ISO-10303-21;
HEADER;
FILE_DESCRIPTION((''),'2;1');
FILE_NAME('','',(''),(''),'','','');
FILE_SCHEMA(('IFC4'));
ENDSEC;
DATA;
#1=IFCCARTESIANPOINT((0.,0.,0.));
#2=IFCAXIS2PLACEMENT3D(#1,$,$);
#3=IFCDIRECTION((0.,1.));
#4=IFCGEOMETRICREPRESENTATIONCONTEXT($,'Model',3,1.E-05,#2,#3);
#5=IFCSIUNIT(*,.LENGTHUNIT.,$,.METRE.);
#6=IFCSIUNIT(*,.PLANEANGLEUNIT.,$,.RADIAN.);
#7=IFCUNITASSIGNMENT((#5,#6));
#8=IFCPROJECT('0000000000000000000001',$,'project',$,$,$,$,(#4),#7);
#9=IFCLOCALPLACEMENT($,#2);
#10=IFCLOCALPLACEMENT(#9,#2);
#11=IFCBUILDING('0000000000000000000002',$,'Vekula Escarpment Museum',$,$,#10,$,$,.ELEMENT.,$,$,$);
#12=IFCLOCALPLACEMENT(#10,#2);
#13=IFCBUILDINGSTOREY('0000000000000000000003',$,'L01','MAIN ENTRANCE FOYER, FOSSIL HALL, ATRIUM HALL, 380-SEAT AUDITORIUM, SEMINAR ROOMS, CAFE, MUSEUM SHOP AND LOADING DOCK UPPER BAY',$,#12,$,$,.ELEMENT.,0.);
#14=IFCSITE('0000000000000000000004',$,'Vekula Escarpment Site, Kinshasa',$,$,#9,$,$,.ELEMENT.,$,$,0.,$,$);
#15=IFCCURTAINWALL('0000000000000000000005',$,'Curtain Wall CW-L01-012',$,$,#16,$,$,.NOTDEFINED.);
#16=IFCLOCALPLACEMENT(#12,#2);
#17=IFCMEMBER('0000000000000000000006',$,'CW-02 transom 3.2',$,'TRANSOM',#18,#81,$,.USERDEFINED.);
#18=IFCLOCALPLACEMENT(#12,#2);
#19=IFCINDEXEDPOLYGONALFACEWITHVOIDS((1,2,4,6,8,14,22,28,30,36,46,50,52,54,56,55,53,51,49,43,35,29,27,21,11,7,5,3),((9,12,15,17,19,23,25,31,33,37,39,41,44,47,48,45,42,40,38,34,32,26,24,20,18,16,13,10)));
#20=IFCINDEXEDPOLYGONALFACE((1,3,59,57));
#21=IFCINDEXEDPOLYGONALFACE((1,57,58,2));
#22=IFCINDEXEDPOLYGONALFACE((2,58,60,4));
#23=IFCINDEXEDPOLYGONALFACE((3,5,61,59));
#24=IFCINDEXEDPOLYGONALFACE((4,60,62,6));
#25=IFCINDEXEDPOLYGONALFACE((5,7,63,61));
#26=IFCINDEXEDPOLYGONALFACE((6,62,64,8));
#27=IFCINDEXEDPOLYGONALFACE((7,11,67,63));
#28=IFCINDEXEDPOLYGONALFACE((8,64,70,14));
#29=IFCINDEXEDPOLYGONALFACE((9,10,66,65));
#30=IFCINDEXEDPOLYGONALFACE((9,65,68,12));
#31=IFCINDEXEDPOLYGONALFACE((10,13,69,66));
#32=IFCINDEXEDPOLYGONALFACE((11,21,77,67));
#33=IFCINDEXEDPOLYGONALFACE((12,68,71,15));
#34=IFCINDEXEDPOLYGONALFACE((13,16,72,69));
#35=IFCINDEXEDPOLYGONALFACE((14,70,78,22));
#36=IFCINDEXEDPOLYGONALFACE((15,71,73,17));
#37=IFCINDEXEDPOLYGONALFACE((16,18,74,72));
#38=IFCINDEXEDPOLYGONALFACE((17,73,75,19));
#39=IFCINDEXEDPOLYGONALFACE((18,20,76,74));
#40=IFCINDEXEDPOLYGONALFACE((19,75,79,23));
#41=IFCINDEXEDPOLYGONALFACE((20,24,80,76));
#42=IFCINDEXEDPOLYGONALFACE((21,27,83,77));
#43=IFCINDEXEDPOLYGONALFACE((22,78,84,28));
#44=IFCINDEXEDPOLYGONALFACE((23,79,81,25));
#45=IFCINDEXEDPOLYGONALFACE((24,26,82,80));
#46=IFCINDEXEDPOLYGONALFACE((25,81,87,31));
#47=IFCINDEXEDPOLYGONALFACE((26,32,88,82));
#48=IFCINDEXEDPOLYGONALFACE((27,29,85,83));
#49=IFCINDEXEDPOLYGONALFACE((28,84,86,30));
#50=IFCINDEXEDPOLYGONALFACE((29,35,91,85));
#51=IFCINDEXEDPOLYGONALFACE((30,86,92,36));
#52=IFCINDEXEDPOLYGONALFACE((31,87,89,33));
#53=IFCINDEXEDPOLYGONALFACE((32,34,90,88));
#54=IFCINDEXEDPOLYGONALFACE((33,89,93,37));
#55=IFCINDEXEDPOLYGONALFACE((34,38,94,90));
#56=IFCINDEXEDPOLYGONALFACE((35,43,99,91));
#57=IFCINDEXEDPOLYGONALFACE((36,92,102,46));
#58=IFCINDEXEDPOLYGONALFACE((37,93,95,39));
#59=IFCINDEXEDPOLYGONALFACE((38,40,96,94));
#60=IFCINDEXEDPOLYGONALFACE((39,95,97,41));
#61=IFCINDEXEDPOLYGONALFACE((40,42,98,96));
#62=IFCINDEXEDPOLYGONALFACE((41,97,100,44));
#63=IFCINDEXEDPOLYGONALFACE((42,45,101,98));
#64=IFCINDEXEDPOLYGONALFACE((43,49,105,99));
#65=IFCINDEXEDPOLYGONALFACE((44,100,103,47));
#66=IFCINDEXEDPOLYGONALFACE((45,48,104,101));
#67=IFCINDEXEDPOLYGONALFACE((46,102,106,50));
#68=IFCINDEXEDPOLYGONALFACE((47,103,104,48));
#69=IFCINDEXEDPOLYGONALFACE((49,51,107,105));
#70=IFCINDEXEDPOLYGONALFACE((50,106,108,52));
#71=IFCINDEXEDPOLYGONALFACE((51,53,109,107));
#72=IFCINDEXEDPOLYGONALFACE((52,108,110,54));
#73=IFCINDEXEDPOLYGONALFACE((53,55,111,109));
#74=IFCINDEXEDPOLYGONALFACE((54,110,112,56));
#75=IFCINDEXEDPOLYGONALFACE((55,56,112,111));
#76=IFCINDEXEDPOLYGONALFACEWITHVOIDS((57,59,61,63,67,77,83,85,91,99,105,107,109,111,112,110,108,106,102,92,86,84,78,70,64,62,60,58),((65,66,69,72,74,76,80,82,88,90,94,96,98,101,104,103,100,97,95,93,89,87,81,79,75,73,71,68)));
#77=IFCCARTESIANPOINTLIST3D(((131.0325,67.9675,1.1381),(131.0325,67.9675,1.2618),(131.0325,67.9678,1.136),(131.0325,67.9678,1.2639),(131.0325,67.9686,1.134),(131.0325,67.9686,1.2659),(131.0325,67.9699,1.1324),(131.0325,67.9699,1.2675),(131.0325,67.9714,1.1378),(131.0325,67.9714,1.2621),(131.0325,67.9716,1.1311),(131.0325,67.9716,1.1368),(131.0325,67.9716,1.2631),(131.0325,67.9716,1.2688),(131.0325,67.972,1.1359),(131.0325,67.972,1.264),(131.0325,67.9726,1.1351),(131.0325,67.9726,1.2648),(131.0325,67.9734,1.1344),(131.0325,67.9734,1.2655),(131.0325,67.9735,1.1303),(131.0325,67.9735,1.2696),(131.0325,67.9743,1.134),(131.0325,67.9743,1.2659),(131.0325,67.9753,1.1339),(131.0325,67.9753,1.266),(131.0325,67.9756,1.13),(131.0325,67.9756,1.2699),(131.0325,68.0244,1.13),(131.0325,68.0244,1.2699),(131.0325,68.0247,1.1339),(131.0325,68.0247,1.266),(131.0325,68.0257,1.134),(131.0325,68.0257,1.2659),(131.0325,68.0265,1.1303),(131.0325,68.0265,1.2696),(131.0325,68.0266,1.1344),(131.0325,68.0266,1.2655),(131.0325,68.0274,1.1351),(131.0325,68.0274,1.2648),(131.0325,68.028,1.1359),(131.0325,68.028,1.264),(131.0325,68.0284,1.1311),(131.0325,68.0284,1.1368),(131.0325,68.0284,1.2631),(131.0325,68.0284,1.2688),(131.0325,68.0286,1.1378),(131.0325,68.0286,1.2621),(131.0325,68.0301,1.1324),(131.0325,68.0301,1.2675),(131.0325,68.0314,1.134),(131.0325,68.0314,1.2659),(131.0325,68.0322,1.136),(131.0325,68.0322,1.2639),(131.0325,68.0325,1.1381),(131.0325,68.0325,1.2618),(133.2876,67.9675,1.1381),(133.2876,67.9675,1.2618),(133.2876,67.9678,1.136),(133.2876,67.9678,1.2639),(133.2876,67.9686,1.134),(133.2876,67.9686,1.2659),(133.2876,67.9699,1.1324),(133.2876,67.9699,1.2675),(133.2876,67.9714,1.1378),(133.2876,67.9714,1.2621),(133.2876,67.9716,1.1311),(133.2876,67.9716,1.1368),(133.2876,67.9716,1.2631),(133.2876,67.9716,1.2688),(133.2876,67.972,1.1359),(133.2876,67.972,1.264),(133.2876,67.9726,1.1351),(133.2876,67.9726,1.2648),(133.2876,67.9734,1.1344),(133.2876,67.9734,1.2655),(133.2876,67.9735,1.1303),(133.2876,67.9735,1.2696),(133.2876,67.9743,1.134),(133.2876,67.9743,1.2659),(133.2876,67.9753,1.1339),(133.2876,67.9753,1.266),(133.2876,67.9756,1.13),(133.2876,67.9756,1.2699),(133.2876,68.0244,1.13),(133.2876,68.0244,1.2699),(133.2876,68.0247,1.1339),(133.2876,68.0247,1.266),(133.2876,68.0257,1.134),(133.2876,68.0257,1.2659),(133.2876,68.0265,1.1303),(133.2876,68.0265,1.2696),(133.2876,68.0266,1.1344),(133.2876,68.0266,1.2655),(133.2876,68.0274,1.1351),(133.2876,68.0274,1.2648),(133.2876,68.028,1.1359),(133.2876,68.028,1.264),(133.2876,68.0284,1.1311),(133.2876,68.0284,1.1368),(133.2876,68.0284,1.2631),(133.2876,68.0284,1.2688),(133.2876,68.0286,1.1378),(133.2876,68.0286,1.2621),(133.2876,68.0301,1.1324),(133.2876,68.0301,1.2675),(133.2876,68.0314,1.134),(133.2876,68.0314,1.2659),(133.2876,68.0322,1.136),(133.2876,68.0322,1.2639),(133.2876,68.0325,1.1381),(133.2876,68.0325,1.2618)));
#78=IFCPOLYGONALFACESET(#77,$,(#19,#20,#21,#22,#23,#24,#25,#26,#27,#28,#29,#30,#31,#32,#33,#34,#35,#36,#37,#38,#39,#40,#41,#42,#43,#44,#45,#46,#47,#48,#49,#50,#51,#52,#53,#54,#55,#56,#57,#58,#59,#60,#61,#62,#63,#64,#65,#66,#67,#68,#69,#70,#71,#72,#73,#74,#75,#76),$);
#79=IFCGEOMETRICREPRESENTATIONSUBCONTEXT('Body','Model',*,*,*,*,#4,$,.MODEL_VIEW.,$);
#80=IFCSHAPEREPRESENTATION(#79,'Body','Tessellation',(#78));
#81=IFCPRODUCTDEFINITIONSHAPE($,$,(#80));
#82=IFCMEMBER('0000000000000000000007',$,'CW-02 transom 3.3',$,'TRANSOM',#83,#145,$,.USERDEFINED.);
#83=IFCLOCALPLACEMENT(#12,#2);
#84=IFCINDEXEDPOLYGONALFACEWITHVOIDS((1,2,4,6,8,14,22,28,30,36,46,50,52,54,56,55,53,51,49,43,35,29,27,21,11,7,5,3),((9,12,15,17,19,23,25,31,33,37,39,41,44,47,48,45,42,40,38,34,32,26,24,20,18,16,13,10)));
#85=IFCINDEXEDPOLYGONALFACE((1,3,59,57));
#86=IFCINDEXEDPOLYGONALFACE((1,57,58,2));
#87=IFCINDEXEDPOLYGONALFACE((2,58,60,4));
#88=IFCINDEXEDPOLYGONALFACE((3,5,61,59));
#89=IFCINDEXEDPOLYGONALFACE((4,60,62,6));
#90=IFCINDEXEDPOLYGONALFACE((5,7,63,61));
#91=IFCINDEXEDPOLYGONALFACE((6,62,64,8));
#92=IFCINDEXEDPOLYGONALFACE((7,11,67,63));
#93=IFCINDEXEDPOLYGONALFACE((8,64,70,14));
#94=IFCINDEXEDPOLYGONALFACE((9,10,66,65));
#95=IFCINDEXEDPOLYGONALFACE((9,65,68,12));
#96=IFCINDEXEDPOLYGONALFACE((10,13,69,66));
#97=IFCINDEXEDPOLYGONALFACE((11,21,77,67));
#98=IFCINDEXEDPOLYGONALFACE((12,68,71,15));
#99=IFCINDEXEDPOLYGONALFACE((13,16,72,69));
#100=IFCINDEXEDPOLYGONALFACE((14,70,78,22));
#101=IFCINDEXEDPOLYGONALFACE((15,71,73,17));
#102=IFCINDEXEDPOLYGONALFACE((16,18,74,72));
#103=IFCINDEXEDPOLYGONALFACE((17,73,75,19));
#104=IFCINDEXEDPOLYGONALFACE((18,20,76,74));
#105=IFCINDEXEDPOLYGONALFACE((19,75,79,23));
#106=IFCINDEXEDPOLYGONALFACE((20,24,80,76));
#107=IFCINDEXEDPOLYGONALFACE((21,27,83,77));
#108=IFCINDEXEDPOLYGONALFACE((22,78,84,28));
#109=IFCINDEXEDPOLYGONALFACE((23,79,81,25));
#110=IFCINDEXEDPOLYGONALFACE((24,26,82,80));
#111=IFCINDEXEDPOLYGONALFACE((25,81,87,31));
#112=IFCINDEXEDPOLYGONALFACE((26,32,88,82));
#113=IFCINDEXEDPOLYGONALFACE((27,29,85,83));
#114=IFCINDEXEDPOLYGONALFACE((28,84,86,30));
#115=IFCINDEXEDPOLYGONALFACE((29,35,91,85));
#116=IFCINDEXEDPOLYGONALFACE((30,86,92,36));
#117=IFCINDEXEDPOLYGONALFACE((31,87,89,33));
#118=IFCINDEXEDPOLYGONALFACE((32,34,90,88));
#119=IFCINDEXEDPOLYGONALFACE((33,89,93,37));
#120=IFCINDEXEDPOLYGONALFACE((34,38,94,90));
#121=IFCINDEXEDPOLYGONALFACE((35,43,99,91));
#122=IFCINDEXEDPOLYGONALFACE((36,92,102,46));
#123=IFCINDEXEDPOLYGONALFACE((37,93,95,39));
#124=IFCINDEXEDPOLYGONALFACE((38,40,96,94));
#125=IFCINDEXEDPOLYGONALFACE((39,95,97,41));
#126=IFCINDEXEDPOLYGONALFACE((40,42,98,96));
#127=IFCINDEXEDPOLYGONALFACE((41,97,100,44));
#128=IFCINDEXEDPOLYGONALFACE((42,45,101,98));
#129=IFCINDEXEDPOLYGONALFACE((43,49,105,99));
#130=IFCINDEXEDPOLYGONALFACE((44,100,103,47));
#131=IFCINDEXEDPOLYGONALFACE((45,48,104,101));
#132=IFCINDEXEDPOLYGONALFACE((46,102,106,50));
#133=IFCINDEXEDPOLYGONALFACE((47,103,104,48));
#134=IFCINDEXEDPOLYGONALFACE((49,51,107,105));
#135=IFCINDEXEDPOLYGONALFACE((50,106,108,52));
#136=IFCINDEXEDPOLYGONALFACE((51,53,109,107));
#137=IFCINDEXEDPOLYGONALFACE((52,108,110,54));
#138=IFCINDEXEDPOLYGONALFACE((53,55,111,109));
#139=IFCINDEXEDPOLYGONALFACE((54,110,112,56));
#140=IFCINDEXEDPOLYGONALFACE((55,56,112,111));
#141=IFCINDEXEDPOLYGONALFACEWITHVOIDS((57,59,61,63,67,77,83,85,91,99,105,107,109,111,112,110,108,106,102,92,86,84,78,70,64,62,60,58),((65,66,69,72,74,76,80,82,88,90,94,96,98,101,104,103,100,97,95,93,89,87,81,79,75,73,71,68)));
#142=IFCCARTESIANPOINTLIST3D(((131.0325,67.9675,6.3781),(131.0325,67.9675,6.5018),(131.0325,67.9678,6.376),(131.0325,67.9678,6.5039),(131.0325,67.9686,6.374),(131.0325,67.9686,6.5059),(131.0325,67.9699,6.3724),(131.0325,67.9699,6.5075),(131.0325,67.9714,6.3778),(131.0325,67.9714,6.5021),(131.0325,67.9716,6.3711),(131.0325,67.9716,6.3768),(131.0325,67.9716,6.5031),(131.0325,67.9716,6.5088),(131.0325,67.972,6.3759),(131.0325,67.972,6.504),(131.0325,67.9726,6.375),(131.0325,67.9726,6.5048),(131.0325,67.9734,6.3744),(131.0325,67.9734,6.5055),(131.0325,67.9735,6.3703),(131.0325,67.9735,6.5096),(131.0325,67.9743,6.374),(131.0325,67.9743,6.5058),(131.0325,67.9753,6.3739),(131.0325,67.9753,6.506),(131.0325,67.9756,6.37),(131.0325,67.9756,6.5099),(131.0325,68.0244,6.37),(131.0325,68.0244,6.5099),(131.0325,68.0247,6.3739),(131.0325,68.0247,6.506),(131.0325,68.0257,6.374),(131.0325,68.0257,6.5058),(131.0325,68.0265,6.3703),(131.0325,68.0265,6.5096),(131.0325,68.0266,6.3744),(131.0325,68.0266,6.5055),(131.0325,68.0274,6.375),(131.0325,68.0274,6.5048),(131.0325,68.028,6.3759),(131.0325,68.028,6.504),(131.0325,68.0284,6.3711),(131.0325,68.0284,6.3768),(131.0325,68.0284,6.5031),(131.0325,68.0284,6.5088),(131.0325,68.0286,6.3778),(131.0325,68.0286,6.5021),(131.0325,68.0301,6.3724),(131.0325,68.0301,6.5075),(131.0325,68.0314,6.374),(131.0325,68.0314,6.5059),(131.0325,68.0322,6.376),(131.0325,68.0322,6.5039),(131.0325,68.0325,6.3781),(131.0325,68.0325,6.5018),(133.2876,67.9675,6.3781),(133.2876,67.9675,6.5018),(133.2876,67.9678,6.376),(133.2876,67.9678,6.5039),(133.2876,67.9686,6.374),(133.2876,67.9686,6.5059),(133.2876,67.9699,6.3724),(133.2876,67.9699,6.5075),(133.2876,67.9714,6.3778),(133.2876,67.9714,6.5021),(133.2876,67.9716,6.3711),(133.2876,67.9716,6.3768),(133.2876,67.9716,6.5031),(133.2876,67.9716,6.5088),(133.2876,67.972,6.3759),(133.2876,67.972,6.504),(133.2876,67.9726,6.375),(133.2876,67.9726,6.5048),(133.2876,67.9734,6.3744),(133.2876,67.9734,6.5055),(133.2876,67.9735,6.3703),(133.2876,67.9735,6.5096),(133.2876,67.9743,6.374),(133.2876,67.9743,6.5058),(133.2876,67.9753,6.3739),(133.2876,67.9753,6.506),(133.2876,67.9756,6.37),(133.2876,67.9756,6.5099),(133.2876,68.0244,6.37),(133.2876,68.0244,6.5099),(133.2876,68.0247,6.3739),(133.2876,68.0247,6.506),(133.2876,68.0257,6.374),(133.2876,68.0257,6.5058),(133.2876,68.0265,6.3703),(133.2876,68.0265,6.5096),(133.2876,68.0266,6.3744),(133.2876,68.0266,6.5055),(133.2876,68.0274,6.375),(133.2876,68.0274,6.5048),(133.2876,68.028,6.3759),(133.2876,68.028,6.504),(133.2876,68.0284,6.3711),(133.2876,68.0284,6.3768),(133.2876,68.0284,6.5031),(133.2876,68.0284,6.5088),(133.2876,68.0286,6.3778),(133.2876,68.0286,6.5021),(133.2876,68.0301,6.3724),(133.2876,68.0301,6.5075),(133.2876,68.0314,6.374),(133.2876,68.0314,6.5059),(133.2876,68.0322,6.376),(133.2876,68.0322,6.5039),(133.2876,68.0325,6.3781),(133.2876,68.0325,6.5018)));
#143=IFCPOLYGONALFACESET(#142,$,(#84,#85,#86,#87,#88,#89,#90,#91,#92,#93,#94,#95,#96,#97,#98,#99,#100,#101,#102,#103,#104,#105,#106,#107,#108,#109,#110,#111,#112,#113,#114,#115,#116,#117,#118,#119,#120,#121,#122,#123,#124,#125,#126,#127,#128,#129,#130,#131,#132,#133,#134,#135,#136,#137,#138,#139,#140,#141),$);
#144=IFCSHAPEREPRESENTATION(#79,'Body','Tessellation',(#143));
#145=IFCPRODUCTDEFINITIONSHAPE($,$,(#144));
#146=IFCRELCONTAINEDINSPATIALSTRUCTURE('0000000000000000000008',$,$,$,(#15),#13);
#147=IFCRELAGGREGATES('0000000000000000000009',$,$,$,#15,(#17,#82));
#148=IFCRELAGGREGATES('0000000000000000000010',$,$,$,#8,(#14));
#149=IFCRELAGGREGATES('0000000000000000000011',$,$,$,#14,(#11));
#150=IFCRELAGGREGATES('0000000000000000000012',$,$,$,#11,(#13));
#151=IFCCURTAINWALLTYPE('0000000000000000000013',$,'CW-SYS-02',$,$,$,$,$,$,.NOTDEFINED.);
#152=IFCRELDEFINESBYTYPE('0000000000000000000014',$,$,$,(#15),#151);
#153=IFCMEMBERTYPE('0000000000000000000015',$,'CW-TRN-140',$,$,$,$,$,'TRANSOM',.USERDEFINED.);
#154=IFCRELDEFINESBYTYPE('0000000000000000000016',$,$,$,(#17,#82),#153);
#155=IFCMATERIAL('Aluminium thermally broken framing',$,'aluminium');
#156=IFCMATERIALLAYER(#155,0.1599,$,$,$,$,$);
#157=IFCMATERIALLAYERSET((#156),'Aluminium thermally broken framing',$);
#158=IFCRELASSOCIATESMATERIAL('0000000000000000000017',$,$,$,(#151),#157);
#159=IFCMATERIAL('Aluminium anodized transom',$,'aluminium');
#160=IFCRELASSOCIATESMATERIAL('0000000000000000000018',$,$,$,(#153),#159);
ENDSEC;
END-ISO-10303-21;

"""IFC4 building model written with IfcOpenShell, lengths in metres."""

from ifc_helpers import new_model, si_unit, direction, frame, origin, origin_2d, place, context, subcontext, project, spatial, hollow_rectangle, extrude, material, layer, layer_set, material_profile, profile_set, type_object, element, aggregate, save


model = new_model("IFC4")

# Units and contexts
model_context = context("Model", 3, precision=1e-05, world=origin(), true_north=direction((0.0, 1.0)))
body_context = subcontext(model_context, "Body", "Model", "MODEL_VIEW")
ifc_project = project(units=[si_unit("LENGTHUNIT", "METRE"), si_unit("PLANEANGLEUNIT", "RADIAN")], contexts=[model_context])

# Site, building, storey
site_placement = place(None, origin())
site = spatial("IfcSite", under=ifc_project, at=site_placement, Name="Vekula Escarpment Site, Kinshasa", CompositionType="ELEMENT", RefElevation=0.0)
building_placement = place(site_placement, origin())
building = spatial("IfcBuilding", under=site, at=building_placement, Name="Vekula Escarpment Museum", CompositionType="ELEMENT")
storey_placement = place(building_placement, origin())
storey = spatial("IfcBuildingStorey", under=building, at=storey_placement, Name="L01", Description="MAIN ENTRANCE FOYER, FOSSIL HALL, ATRIUM HALL, 380-SEAT AUDITORIUM, SEMINAR ROOMS, CAFE, MUSEUM SHOP AND LOADING DOCK UPPER BAY", CompositionType="ELEMENT", Elevation=0.0)

# Curtain wall, members
ifc_material_1 = material(Name="Aluminium thermally broken framing", Category="aluminium")
ifc_layer_1 = layer(ifc_material_1, 0.1599)
ifc_layer_set_1 = layer_set([ifc_layer_1], Name="Aluminium thermally broken framing")
curtain_wall_type = type_object("IfcCurtainWallType", Name="CW-SYS-02", PredefinedType="NOTDEFINED", material=ifc_layer_set_1)
curtain_wall_placement = place(storey_placement, origin())
curtain_wall = element("IfcCurtainWall", 1, at=curtain_wall_placement, inside=storey, type_object=curtain_wall_type, Name="Curtain Wall CW-L01-012", PredefinedType="NOTDEFINED")
ifc_material_2 = material(Name="Aluminium anodized transom", Category="aluminium")
ifc_material_profile_1 = material_profile(ifc_material_2, hollow_rectangle(XDim=0.0649, YDim=0.1399, WallThickness=0.0039, InnerFilletRadius=0.0039, OuterFilletRadius=0.0081, at=origin_2d()), Name="ALU 140x65x4")
ifc_profile_set_1 = profile_set([ifc_material_profile_1], Name="Aluminium anodized transom")
member_type_1 = type_object("IfcMemberType", Name="CW-TRN-140", ElementType="TRANSOM", PredefinedType="USERDEFINED", material=ifc_profile_set_1)
member_1_placement = place(storey_placement, frame((131.0325, 68.0, 1.2), z_axis=(1.0, 0.0, 0.0), x_axis=(0.0, 1.0, 0.0)))
member_1 = element("IfcMember", 2, at=member_1_placement, type_object=member_type_1, Name="CW-02 transom 3.2", ObjectType="TRANSOM", PredefinedType="USERDEFINED", context=body_context, shape_type="SweptSolid", body=[
    extrude(hollow_rectangle(XDim=0.0649, YDim=0.1399, WallThickness=0.0039, InnerFilletRadius=0.0039, OuterFilletRadius=0.0081, at=origin_2d()), origin(), (0.0, 0.0, 1.0), 2.2551),
])
member_2_placement = place(storey_placement, frame((131.0325, 68.0, 6.4399), z_axis=(1.0, 0.0, 0.0), x_axis=(0.0, 1.0, 0.0)))
member_2 = element("IfcMember", 3, at=member_2_placement, type_object=member_type_1, Name="CW-02 transom 3.3", ObjectType="TRANSOM", PredefinedType="USERDEFINED", context=body_context, shape_type="SweptSolid", body=[
    extrude(hollow_rectangle(XDim=0.0649, YDim=0.1399, WallThickness=0.0039, InnerFilletRadius=0.0039, OuterFilletRadius=0.0081, at=origin_2d()), origin(), (0.0, 0.0, 1.0), 2.2551),
])

aggregate(curtain_wall, [member_1, member_2])

save(model, "model.ifc")
